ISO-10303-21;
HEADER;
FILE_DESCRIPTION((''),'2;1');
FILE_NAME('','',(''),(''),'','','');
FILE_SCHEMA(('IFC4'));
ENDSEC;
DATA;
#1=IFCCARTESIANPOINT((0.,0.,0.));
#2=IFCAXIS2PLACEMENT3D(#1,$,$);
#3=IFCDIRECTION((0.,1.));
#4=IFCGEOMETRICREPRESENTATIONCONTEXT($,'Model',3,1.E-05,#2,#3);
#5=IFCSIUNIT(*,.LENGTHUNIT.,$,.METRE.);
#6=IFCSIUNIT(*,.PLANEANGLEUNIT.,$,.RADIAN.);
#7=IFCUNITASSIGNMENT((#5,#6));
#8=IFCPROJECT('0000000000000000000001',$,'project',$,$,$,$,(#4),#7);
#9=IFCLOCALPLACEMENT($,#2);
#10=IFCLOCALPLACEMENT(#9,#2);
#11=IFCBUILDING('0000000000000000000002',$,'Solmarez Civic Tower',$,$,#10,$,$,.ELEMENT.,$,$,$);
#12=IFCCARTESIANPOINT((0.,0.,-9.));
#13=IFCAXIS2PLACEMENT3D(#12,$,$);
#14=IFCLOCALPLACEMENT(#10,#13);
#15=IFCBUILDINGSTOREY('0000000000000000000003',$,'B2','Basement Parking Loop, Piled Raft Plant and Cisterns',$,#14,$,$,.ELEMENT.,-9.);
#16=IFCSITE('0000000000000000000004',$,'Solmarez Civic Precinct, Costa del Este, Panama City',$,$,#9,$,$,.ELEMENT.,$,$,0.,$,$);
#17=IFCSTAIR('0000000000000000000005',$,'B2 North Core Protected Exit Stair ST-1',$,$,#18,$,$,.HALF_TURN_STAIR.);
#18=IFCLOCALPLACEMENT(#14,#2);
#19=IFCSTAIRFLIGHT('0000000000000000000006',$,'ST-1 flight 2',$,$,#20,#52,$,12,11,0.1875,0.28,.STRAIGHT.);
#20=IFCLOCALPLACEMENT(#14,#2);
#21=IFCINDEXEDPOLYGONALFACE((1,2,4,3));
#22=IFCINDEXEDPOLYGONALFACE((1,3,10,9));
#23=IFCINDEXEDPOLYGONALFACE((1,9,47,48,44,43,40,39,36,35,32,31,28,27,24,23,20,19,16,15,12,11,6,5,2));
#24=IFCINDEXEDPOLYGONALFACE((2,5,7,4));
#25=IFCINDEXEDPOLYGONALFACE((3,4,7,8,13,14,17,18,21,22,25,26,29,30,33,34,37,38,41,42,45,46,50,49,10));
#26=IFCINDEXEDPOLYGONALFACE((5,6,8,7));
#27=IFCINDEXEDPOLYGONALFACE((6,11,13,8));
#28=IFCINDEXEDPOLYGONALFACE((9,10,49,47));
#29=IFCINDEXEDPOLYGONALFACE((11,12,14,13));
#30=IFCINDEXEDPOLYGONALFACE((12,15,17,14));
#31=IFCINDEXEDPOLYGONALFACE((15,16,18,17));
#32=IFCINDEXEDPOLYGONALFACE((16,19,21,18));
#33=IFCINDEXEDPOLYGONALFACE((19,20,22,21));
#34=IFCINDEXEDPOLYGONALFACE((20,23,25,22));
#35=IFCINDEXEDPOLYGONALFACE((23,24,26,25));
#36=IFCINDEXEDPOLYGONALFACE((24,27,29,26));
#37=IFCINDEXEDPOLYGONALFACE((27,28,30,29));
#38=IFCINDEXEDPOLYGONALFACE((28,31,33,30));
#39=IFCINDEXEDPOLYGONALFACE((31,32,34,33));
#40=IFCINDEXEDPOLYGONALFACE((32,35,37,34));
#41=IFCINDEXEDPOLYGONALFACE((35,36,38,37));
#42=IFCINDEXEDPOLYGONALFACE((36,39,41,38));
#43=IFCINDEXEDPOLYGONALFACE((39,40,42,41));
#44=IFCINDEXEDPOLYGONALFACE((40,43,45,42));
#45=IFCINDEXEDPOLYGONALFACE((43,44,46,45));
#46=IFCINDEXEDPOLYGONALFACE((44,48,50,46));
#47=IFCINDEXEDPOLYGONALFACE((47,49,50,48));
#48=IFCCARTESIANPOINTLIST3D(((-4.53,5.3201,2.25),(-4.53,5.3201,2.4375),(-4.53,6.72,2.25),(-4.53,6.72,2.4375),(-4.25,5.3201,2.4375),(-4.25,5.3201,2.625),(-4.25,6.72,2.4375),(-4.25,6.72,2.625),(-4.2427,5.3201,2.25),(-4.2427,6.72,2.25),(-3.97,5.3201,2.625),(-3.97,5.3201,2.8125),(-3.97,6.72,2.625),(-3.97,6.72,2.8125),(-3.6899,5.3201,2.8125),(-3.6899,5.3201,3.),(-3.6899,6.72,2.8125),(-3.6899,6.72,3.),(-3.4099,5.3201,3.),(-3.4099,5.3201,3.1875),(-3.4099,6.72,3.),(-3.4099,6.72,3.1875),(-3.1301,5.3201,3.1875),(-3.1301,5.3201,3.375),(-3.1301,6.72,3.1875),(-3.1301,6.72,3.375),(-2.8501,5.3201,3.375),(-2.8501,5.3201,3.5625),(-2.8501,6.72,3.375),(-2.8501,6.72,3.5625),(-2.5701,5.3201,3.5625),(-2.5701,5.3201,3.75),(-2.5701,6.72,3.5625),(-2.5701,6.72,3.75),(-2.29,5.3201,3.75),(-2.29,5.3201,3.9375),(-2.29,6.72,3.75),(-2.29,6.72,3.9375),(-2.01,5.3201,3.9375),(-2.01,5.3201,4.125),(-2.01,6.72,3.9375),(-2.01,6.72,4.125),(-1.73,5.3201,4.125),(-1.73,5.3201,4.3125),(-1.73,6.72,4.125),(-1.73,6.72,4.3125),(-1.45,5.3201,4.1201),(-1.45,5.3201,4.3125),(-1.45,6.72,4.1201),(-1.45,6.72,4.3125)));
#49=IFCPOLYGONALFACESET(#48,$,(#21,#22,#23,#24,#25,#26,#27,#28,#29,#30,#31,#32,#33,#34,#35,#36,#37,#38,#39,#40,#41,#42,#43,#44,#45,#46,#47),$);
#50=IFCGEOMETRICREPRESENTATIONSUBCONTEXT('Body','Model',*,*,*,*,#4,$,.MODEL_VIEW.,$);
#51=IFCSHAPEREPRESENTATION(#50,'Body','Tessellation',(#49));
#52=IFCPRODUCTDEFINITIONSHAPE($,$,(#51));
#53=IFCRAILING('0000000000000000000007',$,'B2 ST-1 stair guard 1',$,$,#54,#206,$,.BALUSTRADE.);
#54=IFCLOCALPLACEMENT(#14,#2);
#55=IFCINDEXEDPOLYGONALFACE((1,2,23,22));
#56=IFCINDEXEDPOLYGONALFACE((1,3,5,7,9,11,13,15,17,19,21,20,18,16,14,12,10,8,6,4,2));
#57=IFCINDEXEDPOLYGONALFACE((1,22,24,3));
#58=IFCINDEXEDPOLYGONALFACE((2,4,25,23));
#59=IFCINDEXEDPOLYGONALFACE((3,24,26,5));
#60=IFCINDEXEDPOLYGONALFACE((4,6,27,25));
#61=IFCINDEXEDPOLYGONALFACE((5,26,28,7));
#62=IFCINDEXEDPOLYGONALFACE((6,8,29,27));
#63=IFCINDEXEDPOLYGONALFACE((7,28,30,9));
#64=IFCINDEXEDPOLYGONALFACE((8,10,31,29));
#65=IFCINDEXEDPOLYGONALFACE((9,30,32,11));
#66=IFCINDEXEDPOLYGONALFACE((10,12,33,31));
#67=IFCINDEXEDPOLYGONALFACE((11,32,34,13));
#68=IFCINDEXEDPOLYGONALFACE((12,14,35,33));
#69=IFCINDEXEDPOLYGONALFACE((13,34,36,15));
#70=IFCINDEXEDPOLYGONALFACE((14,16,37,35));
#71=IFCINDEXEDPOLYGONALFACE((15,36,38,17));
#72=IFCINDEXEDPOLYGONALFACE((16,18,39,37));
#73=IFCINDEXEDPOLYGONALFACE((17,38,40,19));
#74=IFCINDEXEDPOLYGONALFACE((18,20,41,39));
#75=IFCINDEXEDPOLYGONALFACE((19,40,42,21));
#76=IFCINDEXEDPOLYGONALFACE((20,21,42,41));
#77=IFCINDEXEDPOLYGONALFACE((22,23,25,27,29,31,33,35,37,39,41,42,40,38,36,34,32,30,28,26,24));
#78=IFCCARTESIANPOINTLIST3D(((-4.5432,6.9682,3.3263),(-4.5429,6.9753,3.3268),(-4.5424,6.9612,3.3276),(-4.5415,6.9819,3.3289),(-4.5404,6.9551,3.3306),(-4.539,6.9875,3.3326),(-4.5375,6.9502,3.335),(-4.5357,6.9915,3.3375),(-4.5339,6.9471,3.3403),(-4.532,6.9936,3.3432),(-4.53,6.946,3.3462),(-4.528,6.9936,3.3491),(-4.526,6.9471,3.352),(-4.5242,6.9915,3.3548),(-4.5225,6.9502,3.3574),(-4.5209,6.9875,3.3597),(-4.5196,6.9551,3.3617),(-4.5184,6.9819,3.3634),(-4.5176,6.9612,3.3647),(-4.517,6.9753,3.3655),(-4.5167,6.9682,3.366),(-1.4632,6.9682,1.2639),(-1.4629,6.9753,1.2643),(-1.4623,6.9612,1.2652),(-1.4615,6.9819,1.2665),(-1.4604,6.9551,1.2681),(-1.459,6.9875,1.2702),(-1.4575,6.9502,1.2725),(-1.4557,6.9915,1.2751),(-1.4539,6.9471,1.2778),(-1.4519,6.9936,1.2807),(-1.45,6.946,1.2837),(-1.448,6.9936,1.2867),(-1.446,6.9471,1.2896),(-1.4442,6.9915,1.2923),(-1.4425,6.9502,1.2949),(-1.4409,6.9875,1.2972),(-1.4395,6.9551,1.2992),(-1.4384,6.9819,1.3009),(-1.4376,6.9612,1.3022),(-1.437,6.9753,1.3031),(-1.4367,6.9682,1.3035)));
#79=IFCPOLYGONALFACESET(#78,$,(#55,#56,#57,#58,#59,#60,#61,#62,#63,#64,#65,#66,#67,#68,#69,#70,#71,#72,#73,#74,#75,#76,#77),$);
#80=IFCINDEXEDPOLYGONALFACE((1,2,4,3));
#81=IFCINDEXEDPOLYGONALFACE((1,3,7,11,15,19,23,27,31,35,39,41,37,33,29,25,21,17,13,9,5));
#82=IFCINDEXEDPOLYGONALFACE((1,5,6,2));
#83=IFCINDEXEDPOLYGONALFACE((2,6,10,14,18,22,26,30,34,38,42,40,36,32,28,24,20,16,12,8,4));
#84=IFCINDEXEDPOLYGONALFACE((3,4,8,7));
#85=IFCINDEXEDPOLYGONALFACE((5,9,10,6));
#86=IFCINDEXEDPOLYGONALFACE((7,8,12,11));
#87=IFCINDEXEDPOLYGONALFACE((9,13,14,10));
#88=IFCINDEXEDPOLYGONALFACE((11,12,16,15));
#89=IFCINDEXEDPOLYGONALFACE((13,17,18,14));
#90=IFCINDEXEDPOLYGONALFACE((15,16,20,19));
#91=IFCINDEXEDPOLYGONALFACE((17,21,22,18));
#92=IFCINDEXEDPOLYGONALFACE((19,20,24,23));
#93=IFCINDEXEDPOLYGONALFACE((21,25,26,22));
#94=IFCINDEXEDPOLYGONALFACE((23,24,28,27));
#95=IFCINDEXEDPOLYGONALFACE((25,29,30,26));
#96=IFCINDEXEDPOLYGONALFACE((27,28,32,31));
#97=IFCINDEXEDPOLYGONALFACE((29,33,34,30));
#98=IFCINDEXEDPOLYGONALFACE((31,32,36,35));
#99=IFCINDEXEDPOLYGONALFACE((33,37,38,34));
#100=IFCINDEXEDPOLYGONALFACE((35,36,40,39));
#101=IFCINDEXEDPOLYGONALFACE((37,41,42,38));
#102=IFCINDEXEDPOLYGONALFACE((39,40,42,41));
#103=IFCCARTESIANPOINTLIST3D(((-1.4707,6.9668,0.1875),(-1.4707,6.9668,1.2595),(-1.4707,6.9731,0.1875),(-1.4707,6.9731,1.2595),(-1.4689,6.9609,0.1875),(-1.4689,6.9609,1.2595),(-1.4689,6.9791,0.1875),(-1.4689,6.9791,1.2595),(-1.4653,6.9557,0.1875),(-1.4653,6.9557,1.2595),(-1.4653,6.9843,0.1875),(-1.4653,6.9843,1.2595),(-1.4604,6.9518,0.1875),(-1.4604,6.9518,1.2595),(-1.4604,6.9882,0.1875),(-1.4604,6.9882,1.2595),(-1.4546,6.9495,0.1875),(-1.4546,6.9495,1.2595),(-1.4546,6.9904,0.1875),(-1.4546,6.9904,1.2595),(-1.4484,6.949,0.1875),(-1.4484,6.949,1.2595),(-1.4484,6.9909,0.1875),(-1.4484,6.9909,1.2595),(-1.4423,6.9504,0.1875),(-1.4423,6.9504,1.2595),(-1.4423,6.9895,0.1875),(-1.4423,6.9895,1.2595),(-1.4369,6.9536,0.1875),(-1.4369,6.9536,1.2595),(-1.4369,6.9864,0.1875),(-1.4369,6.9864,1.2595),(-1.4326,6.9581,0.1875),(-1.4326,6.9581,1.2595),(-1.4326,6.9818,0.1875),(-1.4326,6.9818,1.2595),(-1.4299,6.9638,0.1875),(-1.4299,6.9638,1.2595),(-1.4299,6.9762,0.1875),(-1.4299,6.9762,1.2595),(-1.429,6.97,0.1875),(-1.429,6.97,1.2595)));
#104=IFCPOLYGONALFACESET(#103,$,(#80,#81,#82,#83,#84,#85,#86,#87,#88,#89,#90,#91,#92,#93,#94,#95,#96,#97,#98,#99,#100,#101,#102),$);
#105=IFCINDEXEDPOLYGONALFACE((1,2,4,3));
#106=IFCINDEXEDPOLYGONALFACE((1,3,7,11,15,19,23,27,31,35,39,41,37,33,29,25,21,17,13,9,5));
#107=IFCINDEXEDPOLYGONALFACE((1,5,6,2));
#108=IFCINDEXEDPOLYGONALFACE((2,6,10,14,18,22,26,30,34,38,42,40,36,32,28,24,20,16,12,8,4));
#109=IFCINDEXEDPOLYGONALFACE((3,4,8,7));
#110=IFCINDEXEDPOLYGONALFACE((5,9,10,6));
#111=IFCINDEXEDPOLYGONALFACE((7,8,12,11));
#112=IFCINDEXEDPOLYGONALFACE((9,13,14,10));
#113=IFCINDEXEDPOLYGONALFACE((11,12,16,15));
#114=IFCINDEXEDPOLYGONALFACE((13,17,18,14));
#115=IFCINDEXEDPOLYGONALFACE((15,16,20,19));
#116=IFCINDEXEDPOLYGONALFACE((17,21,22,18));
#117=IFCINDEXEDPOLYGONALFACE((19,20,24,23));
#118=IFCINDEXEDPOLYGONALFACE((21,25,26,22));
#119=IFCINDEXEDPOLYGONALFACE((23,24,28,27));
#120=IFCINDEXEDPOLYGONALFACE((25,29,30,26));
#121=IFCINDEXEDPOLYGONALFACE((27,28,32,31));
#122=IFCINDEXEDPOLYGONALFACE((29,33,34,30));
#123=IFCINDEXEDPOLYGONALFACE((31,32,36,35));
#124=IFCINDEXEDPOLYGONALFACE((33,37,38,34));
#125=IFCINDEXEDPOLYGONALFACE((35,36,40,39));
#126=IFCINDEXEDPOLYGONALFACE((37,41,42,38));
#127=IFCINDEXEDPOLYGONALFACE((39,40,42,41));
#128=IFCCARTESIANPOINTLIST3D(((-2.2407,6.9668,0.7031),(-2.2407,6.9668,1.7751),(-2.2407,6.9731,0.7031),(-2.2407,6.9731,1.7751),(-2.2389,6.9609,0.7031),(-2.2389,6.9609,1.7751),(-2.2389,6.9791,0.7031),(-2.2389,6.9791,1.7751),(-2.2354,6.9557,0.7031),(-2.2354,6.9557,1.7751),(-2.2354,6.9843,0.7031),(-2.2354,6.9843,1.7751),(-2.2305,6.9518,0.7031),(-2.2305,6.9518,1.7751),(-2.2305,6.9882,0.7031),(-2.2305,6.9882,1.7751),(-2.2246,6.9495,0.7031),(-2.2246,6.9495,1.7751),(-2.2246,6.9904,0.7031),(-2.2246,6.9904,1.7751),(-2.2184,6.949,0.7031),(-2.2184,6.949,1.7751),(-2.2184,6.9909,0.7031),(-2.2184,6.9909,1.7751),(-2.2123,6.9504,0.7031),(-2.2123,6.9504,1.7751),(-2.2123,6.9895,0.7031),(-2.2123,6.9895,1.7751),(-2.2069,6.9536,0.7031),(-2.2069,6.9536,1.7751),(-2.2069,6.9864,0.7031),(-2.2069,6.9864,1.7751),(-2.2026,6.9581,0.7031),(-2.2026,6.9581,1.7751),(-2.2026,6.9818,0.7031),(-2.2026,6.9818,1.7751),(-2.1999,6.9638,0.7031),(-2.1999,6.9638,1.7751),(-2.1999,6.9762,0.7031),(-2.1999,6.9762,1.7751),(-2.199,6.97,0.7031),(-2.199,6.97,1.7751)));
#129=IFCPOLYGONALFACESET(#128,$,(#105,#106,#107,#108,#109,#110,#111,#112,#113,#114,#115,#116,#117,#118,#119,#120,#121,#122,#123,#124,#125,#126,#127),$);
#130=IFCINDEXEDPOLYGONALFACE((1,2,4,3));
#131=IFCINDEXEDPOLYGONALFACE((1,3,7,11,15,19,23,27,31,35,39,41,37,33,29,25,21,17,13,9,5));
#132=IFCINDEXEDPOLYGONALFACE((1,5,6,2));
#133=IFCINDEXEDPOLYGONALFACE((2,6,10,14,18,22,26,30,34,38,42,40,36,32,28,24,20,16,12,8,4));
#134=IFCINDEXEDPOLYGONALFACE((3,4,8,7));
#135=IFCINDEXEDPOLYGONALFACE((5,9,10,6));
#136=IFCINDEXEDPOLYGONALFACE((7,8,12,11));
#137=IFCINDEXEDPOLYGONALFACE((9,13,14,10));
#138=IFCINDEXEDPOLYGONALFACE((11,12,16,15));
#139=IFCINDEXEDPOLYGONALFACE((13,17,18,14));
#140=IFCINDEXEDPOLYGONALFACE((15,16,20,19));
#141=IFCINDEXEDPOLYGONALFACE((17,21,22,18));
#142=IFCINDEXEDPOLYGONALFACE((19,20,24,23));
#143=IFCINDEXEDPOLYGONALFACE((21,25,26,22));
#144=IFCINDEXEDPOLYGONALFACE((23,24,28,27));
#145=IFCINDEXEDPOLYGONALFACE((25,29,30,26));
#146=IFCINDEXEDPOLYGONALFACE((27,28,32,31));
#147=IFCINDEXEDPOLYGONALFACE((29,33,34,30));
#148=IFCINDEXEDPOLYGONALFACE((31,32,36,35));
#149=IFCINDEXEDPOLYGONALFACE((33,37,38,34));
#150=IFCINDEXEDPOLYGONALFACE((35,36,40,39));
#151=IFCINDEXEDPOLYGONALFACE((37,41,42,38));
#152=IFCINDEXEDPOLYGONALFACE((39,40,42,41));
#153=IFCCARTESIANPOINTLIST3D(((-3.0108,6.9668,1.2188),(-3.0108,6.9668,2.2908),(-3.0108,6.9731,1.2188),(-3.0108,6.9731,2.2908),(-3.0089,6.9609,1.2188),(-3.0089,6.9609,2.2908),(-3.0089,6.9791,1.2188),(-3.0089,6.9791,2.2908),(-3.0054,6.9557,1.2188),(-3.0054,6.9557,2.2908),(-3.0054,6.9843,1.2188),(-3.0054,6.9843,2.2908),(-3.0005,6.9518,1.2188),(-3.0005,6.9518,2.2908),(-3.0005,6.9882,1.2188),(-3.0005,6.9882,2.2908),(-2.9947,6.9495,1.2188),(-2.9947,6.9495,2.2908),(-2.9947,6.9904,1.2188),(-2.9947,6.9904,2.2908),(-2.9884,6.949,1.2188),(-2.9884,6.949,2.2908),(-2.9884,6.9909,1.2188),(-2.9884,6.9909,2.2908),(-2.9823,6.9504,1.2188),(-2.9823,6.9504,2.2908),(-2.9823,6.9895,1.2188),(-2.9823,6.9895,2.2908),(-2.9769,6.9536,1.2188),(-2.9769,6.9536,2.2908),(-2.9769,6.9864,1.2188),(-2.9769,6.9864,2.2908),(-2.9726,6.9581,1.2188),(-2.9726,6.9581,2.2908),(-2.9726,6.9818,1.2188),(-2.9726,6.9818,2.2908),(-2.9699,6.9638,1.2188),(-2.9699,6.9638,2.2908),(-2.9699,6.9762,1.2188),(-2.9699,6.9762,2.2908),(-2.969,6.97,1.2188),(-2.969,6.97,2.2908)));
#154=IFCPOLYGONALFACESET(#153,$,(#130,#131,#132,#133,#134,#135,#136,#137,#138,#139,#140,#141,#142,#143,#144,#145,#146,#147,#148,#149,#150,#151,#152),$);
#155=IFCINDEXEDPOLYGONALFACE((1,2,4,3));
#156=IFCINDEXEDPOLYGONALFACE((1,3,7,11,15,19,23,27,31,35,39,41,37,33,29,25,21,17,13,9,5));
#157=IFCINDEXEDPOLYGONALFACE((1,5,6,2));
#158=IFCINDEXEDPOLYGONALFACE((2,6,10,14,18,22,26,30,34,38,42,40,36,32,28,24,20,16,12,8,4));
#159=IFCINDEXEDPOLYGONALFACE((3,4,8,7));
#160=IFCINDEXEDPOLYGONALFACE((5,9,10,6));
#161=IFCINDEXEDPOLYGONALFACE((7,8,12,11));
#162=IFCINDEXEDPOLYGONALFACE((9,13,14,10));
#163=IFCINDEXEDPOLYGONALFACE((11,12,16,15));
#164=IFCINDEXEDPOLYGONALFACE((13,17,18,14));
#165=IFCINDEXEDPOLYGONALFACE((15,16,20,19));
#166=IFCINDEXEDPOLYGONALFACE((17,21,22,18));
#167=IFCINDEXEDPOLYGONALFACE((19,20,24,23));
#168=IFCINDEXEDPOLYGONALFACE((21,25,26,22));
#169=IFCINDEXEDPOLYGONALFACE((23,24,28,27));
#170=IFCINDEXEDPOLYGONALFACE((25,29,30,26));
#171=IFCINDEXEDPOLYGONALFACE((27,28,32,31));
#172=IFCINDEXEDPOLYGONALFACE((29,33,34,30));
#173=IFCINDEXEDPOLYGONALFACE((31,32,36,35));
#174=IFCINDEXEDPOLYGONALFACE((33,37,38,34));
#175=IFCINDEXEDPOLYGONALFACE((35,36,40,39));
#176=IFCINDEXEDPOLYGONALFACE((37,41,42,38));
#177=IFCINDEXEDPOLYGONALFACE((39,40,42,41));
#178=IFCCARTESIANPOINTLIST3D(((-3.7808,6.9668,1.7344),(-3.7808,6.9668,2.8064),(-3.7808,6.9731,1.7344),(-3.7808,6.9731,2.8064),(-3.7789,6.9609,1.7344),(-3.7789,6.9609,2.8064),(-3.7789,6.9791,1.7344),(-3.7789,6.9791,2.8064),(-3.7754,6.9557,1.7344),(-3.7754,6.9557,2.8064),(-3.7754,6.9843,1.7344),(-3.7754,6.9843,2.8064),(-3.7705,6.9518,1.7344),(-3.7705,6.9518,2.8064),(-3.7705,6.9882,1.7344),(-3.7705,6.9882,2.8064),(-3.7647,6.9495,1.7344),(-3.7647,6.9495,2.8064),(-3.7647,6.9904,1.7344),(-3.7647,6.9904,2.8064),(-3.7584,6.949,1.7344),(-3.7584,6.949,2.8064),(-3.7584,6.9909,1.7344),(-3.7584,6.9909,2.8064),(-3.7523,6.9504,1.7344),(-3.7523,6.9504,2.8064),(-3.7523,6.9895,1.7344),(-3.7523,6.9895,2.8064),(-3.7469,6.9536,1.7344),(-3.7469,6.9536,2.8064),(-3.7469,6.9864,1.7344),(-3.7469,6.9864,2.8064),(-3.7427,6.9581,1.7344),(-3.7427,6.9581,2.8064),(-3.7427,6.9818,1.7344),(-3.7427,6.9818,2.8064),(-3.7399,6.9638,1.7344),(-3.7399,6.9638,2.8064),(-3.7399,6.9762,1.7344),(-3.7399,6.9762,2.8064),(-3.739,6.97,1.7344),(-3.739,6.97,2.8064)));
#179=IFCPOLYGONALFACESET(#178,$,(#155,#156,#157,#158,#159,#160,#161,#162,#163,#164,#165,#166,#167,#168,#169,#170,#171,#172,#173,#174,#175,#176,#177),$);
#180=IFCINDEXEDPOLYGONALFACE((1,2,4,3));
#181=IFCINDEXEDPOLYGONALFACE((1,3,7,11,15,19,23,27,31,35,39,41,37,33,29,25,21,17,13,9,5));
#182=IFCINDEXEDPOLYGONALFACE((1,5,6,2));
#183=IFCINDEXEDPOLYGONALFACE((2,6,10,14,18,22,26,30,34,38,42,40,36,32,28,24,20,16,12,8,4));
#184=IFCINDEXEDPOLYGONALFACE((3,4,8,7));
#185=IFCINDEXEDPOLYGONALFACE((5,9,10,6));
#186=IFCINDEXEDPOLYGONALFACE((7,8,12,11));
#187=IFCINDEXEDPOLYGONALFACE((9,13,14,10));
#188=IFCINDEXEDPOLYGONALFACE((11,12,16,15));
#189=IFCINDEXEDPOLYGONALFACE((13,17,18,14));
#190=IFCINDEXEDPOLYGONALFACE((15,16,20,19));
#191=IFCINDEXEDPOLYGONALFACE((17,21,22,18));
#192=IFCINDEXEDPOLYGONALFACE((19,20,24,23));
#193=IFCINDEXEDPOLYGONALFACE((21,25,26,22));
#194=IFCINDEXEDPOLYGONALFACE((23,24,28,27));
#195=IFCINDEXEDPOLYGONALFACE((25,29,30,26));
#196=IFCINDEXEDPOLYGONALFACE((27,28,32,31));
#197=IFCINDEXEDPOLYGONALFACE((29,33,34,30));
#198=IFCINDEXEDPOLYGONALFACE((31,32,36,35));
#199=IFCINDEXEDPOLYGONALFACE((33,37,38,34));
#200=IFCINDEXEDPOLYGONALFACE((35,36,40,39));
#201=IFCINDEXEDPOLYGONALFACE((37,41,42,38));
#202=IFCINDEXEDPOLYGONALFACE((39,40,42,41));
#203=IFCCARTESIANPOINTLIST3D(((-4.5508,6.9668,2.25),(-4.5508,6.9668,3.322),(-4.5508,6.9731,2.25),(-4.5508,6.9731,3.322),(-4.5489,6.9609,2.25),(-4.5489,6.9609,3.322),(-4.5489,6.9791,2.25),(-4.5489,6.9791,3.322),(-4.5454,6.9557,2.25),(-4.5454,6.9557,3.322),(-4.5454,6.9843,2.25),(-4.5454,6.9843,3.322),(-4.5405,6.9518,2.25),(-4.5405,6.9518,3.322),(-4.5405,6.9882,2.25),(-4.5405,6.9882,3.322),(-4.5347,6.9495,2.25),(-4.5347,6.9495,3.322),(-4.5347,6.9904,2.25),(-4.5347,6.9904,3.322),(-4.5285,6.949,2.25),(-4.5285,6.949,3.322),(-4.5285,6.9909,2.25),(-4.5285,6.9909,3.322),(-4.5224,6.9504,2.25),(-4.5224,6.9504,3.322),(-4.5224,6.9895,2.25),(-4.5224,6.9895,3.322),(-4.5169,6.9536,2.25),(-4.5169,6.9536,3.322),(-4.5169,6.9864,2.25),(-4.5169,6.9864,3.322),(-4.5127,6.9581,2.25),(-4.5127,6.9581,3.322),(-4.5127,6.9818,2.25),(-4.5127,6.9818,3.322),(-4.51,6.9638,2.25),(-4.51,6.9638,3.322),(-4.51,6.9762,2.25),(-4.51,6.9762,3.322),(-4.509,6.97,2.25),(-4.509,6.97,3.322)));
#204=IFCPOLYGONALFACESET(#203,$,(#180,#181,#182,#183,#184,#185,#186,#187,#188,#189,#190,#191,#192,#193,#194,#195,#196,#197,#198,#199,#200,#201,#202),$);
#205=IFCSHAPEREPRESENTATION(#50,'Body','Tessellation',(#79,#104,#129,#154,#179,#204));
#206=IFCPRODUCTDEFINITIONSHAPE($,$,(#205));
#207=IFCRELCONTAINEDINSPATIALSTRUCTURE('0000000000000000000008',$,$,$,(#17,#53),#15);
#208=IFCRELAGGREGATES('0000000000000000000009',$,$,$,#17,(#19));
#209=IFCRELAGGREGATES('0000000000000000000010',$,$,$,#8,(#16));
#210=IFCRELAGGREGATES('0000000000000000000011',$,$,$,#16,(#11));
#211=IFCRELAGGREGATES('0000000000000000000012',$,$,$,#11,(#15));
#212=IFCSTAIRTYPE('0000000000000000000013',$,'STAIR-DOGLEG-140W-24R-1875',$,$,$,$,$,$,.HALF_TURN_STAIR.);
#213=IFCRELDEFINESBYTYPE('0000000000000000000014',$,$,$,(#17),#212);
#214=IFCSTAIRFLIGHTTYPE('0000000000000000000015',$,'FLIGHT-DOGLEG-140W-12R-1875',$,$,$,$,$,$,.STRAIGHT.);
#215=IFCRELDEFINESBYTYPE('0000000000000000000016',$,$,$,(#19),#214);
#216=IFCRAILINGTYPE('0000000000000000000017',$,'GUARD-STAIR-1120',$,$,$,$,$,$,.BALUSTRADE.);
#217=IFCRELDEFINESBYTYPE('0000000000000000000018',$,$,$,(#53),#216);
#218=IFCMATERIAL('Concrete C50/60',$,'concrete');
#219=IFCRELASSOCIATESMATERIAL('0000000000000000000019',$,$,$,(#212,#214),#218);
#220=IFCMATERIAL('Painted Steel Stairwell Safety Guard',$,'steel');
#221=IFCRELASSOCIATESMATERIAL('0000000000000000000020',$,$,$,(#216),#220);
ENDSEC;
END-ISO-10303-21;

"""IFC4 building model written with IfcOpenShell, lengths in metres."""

from ifc_helpers import new_model, si_unit, direction, frame, origin, origin_2d, place, context, subcontext, project, spatial, polyline, circle, outline, extrude, material, type_object, element, aggregate, save


model = new_model("IFC4")

# Units and contexts
model_context = context("Model", 3, precision=1e-05, world=origin(), true_north=direction((0.0, 1.0)))
body_context = subcontext(model_context, "Body", "Model", "MODEL_VIEW")
ifc_project = project(units=[si_unit("LENGTHUNIT", "METRE"), si_unit("PLANEANGLEUNIT", "RADIAN")], contexts=[model_context])

# Site, building, storey
site_placement = place(None, origin())
site = spatial("IfcSite", under=ifc_project, at=site_placement, Name="Solmarez Civic Precinct, Costa del Este, Panama City", CompositionType="ELEMENT", RefElevation=0.0)
building_placement = place(site_placement, origin())
building = spatial("IfcBuilding", under=site, at=building_placement, Name="Solmarez Civic Tower", CompositionType="ELEMENT")
storey_placement = place(building_placement, frame((0.0, 0.0, -9.0)))
storey = spatial("IfcBuildingStorey", under=building, at=storey_placement, Name="B2", Description="Basement Parking Loop, Piled Raft Plant and Cisterns", CompositionType="ELEMENT", Elevation=-9.0)

# Shared definitions
ifc_material_1 = material(Name="Concrete C50/60", Category="concrete")

# Stair, stair flight
stair_type = type_object("IfcStairType", Name="STAIR-DOGLEG-140W-24R-1875", PredefinedType="HALF_TURN_STAIR", material=ifc_material_1)
stair_placement = place(storey_placement, origin())
stair = element("IfcStair", 1, at=stair_placement, inside=storey, type_object=stair_type, Name="B2 North Core Protected Exit Stair ST-1", PredefinedType="HALF_TURN_STAIR")
stair_flight_type = type_object("IfcStairFlightType", Name="FLIGHT-DOGLEG-140W-12R-1875", PredefinedType="STRAIGHT", material=ifc_material_1)
stair_flight_1_placement = place(storey_placement, frame((-4.53, 6.02, 2.25), z_axis=(0.0, 0.0, 1.0), x_axis=(1.0, 0.0, 0.0)))
stair_flight_1 = element("IfcStairFlight", 2, at=stair_flight_1_placement, type_object=stair_flight_type, Name="ST-1 flight 2", NumberOfRisers=12, NumberOfTreads=11, PredefinedType="STRAIGHT", RiserHeight=0.1875, TreadLength=0.28, context=body_context, shape_type="SweptSolid", body=[
    extrude(outline(polyline([(0.0, 0.0), (0.0, 0.1875), (0.28, 0.1875), (0.28, 0.375), (0.5601, 0.375), (0.5601, 0.5625), (0.8401, 0.5625), (0.8401, 0.75), (1.1201, 0.75), (1.1201, 0.9375), (1.3999, 0.9375), (1.3999, 1.125), (1.6799, 1.125), (1.6799, 1.3125), (1.96, 1.3125), (1.96, 1.5), (2.24, 1.5), (2.24, 1.6875), (2.52, 1.6875), (2.52, 1.875), (2.8, 1.875), (2.8, 2.0625), (3.0801, 2.0625), (3.0801, 2.25), (3.0801, 1.8701), (0.2874, 0.0), (0.0, 0.0)])), frame((0.0, 0.7, 0.0), z_axis=(0.0, -1.0, 0.0), x_axis=(1.0, 0.0, 0.0)), (0.0, 0.0, 1.0), 1.3999),
])
aggregate(stair, [stair_flight_1])

# Railing
ifc_material_2 = material(Name="Painted Steel Stairwell Safety Guard", Category="steel")
railing_type_1 = type_object("IfcRailingType", Name="GUARD-STAIR-1120", PredefinedType="BALUSTRADE", material=ifc_material_2)
railing_1_placement = place(storey_placement, frame((-1.45, 6.97, 0.1875)))
element("IfcRailing", 3, at=railing_1_placement, inside=storey, type_object=railing_type_1, Name="B2 ST-1 stair guard 1", PredefinedType="BALUSTRADE", context=body_context, shape_type="SweptSolid", body=[
    extrude(circle(Radius=0.0239, at=origin_2d()), frame((0.0, 0.0, 1.0962), z_axis=(-0.830914, 0.0, 0.556401), x_axis=(0.0, -1.0, 0.0)), (0.0, 0.0, 1.0), 3.7068),
    extrude(circle(Radius=0.021, at=origin_2d()), origin(), (0.0, 0.0, 1.0), 1.072),
    extrude(circle(Radius=0.021, at=origin_2d()), frame((-0.77, 0.0, 0.5156)), (0.0, 0.0, 1.0), 1.072),
    extrude(circle(Radius=0.021, at=origin_2d()), frame((-1.54, 0.0, 1.0312)), (0.0, 0.0, 1.0), 1.072),
    extrude(circle(Radius=0.021, at=origin_2d()), frame((-2.3101, 0.0, 1.5469)), (0.0, 0.0, 1.0), 1.072),
    extrude(circle(Radius=0.021, at=origin_2d()), frame((-3.0801, 0.0, 2.0625)), (0.0, 0.0, 1.0), 1.072),
])

save(model, "model.ifc")
